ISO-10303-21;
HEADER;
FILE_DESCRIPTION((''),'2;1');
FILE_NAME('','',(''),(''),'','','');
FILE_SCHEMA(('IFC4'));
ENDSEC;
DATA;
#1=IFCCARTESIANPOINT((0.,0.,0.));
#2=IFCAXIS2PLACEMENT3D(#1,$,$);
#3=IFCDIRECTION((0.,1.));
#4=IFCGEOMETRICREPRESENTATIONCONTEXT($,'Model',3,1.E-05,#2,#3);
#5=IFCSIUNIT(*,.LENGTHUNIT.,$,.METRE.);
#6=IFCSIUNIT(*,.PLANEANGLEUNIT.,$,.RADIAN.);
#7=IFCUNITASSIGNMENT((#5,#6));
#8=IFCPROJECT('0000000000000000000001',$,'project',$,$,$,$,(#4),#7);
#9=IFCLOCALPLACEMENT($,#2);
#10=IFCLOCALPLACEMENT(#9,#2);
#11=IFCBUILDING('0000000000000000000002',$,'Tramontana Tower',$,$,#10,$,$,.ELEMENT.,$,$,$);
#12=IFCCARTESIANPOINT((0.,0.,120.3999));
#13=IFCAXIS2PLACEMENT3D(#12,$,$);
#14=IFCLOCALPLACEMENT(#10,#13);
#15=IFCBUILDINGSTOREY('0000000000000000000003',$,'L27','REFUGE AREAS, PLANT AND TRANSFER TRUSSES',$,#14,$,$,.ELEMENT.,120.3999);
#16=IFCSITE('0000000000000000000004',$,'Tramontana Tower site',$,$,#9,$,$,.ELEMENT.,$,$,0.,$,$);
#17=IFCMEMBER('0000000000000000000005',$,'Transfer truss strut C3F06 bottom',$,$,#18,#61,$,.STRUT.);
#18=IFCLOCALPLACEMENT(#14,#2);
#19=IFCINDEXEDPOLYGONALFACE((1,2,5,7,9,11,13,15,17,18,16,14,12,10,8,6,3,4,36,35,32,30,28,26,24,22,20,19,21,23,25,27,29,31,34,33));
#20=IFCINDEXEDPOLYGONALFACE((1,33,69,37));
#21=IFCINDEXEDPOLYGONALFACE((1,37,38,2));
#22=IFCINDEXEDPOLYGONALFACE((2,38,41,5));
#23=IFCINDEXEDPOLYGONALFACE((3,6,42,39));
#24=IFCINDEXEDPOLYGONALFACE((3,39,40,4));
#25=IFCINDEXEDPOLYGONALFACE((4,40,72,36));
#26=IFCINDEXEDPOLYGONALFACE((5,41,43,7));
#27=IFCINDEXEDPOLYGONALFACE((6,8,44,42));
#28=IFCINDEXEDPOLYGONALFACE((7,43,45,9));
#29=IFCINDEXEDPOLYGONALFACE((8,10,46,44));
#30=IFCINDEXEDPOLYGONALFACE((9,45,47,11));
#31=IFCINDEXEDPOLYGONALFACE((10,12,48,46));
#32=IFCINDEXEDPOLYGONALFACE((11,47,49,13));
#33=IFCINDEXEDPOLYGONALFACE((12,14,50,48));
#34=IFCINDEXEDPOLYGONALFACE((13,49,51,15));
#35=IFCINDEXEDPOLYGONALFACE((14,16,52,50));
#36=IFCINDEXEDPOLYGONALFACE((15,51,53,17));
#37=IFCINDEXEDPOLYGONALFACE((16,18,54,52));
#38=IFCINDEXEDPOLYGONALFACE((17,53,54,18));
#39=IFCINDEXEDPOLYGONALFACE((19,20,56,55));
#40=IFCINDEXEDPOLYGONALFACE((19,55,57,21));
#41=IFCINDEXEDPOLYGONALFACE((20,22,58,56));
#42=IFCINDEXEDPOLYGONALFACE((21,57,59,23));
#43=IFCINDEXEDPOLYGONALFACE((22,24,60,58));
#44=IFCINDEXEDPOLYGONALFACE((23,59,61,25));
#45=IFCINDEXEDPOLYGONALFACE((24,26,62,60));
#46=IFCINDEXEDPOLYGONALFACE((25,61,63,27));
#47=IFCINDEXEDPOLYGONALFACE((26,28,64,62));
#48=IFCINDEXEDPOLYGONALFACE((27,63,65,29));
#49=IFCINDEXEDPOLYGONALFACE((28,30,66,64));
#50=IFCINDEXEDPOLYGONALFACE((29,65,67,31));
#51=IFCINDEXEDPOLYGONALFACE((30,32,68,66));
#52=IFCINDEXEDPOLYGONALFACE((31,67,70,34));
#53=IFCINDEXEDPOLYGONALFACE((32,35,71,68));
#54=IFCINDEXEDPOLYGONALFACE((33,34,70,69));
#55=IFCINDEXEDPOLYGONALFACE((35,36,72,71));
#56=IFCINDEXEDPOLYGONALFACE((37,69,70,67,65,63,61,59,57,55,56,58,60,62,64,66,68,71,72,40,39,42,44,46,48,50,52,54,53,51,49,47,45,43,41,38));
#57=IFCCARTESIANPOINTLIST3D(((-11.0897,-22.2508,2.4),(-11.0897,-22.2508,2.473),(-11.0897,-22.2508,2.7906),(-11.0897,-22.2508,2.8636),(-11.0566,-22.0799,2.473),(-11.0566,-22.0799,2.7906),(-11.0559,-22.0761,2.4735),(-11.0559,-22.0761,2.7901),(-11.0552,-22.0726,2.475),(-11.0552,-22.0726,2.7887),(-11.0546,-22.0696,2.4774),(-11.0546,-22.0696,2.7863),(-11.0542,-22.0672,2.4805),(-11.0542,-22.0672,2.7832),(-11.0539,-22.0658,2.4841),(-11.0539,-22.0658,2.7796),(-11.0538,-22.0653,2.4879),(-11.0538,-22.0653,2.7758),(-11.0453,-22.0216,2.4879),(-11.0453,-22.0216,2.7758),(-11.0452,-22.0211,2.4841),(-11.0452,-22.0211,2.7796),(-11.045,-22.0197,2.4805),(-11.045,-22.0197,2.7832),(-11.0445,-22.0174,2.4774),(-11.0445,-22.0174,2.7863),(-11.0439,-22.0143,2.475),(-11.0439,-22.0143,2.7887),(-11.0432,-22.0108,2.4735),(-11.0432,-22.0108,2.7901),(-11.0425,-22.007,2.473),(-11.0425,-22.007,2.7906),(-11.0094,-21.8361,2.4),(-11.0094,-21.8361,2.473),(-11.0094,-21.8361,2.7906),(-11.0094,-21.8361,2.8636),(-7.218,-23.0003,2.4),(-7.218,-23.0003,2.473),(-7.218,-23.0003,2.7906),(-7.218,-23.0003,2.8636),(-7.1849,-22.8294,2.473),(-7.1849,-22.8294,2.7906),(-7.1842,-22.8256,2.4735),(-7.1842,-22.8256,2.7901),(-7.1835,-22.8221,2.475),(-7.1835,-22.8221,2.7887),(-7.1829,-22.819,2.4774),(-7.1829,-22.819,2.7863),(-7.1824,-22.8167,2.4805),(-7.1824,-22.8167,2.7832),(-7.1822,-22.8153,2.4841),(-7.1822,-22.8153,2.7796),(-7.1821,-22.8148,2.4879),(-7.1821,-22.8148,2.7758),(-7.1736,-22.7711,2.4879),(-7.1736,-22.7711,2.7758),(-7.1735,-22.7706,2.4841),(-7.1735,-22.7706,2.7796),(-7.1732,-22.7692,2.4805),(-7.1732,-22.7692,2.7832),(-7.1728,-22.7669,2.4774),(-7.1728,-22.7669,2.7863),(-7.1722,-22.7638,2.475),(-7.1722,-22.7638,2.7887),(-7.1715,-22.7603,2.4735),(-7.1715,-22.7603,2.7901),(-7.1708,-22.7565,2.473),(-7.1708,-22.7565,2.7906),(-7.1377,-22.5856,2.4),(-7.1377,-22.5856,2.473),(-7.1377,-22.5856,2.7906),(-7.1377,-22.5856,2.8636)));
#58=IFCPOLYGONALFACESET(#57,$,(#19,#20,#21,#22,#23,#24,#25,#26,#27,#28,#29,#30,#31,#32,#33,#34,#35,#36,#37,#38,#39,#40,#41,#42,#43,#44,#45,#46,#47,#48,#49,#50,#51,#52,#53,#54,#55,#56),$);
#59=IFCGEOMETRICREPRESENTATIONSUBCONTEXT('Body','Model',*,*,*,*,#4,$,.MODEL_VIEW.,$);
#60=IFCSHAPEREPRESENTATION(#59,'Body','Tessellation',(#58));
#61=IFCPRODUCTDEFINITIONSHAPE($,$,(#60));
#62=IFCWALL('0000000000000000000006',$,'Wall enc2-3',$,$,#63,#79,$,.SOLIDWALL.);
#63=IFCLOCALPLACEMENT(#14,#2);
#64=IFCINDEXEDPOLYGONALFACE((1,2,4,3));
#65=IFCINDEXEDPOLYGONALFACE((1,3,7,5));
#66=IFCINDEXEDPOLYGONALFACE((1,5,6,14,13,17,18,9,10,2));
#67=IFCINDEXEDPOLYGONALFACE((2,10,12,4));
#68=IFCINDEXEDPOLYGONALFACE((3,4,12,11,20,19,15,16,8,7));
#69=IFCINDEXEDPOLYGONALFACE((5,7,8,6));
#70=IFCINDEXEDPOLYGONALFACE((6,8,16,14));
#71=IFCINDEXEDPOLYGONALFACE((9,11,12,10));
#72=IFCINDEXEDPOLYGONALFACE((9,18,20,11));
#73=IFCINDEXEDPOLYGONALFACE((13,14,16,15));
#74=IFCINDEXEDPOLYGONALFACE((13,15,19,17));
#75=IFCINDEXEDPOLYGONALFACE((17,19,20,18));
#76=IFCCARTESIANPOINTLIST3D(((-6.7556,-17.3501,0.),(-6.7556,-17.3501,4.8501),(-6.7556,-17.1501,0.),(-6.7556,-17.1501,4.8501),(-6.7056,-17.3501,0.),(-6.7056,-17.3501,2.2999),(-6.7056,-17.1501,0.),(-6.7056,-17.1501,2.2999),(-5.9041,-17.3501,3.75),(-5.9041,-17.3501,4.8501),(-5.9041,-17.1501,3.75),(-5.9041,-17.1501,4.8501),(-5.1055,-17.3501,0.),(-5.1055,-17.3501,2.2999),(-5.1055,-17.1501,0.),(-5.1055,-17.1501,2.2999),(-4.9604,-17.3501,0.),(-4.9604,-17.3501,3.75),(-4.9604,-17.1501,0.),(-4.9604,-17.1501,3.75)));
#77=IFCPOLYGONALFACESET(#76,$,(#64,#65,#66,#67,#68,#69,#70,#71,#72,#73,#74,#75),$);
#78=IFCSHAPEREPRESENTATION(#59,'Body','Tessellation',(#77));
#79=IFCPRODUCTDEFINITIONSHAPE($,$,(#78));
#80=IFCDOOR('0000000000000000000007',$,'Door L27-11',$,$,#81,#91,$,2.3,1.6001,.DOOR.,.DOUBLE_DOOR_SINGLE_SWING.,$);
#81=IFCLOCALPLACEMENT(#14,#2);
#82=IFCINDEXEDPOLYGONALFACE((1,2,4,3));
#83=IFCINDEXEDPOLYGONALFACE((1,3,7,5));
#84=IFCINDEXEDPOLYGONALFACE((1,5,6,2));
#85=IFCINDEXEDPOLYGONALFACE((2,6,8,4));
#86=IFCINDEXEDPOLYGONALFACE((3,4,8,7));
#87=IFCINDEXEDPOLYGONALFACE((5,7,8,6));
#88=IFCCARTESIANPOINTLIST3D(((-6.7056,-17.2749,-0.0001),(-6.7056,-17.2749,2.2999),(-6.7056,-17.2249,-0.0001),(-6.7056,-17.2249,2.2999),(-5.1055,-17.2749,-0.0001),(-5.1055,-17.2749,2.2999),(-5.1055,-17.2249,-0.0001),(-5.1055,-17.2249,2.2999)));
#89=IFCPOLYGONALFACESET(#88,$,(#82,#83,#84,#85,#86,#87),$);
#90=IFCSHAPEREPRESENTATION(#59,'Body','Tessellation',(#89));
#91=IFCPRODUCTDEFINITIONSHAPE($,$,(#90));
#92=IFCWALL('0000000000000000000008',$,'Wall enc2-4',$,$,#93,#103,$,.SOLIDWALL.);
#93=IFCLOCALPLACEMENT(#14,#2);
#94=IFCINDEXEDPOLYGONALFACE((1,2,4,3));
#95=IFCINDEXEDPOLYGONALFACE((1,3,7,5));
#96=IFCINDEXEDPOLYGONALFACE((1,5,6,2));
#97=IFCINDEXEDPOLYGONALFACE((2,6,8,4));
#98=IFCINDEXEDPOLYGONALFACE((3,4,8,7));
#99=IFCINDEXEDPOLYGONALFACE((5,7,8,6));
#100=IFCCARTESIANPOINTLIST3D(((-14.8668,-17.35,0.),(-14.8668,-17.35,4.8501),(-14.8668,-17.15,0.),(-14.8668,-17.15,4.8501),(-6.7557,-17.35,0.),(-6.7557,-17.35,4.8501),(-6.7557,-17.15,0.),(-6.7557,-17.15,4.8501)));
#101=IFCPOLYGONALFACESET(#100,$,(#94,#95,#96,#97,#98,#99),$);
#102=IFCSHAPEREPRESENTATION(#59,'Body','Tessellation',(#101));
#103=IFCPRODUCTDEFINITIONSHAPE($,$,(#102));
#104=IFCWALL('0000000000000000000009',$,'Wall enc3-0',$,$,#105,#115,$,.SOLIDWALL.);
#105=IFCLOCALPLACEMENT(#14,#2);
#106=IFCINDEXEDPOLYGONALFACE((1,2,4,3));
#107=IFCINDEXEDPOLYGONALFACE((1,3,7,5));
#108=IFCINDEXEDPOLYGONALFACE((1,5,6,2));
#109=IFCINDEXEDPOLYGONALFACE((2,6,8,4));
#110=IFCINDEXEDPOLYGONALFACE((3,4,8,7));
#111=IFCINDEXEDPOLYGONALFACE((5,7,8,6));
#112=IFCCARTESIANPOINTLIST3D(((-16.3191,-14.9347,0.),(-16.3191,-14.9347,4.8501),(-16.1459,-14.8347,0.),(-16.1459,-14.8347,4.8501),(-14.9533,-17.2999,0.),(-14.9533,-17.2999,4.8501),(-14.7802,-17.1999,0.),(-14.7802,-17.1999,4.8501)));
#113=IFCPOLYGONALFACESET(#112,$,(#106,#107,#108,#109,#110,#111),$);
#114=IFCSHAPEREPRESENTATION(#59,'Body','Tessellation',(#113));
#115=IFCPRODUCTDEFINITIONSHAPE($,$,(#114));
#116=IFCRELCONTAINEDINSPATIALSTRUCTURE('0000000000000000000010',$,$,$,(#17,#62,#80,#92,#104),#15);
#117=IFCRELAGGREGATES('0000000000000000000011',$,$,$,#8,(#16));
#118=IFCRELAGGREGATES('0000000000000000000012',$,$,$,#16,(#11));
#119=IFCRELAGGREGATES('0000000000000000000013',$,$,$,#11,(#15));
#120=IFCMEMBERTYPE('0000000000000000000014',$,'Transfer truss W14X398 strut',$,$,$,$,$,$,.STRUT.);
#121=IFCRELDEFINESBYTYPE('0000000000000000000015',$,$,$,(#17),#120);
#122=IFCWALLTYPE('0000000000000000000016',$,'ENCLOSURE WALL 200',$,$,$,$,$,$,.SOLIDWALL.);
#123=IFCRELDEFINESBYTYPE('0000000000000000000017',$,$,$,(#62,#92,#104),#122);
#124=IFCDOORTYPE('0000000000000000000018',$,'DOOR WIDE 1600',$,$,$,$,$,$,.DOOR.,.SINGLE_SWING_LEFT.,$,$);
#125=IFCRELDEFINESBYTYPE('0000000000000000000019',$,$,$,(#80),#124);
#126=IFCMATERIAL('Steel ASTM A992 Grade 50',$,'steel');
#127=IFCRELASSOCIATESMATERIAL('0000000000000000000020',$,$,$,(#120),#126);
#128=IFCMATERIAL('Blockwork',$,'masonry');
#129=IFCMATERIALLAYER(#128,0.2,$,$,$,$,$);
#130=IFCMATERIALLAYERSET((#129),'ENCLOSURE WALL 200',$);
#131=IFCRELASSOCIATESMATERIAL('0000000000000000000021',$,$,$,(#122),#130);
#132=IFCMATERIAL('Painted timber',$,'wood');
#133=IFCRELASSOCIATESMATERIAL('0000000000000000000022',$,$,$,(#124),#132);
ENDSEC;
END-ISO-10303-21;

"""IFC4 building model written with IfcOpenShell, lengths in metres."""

from ifc_helpers import new_model, si_unit, direction, frame, frame_2d, origin, origin_2d, place, context, subcontext, project, spatial, polyline, rectangle, i_section, outline, extrude, material, layer, layer_set, material_profile, profile_set, type_object, element, fill, save


model = new_model("IFC4")

# Units and contexts
model_context = context("Model", 3, precision=1e-05, world=origin(), true_north=direction((0.0, 1.0)))
body_context = subcontext(model_context, "Body", "Model", "MODEL_VIEW")
ifc_project = project(units=[si_unit("LENGTHUNIT", "METRE"), si_unit("PLANEANGLEUNIT", "RADIAN")], contexts=[model_context])

# Site, building, storey
site_placement = place(None, origin())
site = spatial("IfcSite", under=ifc_project, at=site_placement, Name="Tramontana Tower site", CompositionType="ELEMENT", RefElevation=0.0)
building_placement = place(site_placement, origin())
building = spatial("IfcBuilding", under=site, at=building_placement, Name="Tramontana Tower", CompositionType="ELEMENT")
storey_placement = place(building_placement, frame((0.0, 0.0, 120.3999)))
storey = spatial("IfcBuildingStorey", under=building, at=storey_placement, Name="L27", Description="REFUGE AREAS, PLANT AND TRANSFER TRUSSES", CompositionType="ELEMENT", Elevation=120.3999)

# Member
ifc_material_1 = material(Name="Steel ASTM A992 Grade 50", Category="steel")
ifc_material_profile_1 = material_profile(ifc_material_1, i_section(OverallWidth=0.4224, OverallDepth=0.4636, WebThickness=0.0444, FlangeThickness=0.073, FilletRadius=0.0149, at=origin_2d()), Name="W14X398")
ifc_profile_set_1 = profile_set([ifc_material_profile_1], Name="Steel ASTM A992 Grade 50")
member_type_1 = type_object("IfcMemberType", Name="Transfer truss W14X398 strut", PredefinedType="STRUT", material=ifc_profile_set_1)
member_1_placement = place(storey_placement, frame((-11.0496, -22.0435, 2.6318), z_axis=(0.981774, -0.190053, 0.0), x_axis=(0.190053, 0.981774, 0.0)))
element("IfcMember", 1, at=member_1_placement, inside=storey, type_object=member_type_1, Name="Transfer truss strut C3F06 bottom", PredefinedType="STRUT", context=body_context, shape_type="SweptSolid", body=[
    extrude(i_section(OverallWidth=0.4224, OverallDepth=0.4636, WebThickness=0.0444, FlangeThickness=0.073, FilletRadius=0.0149, at=origin_2d()), origin(), (0.0, 0.0, 1.0), 3.9436),
])

# Wall, opening, door
ifc_material_2 = material(Name="Blockwork", Category="masonry")
ifc_layer = layer(ifc_material_2, 0.2)
ifc_layer_set = layer_set([ifc_layer], Name="ENCLOSURE WALL 200")
wall_type = type_object("IfcWallType", Name="ENCLOSURE WALL 200", PredefinedType="SOLIDWALL", material=ifc_layer_set)
wall_1_placement = place(storey_placement, frame((-4.9604, -17.25, 0.0), z_axis=(0.0, 0.0, 1.0), x_axis=(-1.0, 0.0, 0.0)))
wall_1 = element("IfcWall", 2, at=wall_1_placement, inside=storey, type_object=wall_type, Name="Wall enc2-3", PredefinedType="SOLIDWALL", context=body_context, shape_type="SweptSolid", body=[
    extrude(outline(polyline([(0.0, 0.0), (1.7952, 0.0), (1.7952, 4.8501), (0.9436, 4.8501), (0.9436, 3.75), (0.0, 3.75), (0.0, 0.0)])), frame((0.0, 0.1001, 0.0), z_axis=(0.0, -1.0, 0.0), x_axis=(1.0, 0.0, 0.0)), (0.0, 0.0, 1.0), 0.2),
])
opening_placement = place(wall_1_placement, frame((0.145, 0.0, 0.0)))
opening = element("IfcOpeningElement", 3, at=opening_placement, cuts=wall_1, PredefinedType="OPENING", context=body_context, shape_type="SweptSolid", body=[
    extrude(rectangle(XDim=1.6001, YDim=2.3, at=frame_2d((0.8, 1.1499))), frame((0.0, 0.1099, 0.0), z_axis=(0.0, -1.0, 0.0), x_axis=(1.0, 0.0, 0.0)), (0.0, 0.0, 1.0), 0.22),
])
ifc_material_3 = material(Name="Painted timber", Category="wood")
door_type = type_object("IfcDoorType", Name="DOOR WIDE 1600", OperationType="SINGLE_SWING_LEFT", PredefinedType="DOOR", material=ifc_material_3)
door_placement = place(opening_placement, origin())
door = element("IfcDoor", 4, at=door_placement, inside=storey, type_object=door_type, Name="Door L27-11", OperationType="DOUBLE_DOOR_SINGLE_SWING", OverallHeight=2.3, OverallWidth=1.6001, PredefinedType="DOOR", context=body_context, shape_type="SweptSolid", body=[
    extrude(rectangle(XDim=1.6001, YDim=2.3, at=frame_2d((0.8, 1.1499))), frame((0.0, 0.0249, 0.0), z_axis=(0.0, -1.0, 0.0), x_axis=(1.0, 0.0, 0.0)), (0.0, 0.0, 1.0), 0.05),
])
fill(opening, door)

# Walls
wall_2_placement = place(storey_placement, frame((-6.7556, -17.25, 0.0), z_axis=(0.0, 0.0, 1.0), x_axis=(-1.0, 0.0, 0.0)))
element("IfcWall", 5, at=wall_2_placement, inside=storey, type_object=wall_type, Name="Wall enc2-4", PredefinedType="SOLIDWALL", context=body_context, shape_type="SweptSolid", body=[
    extrude(rectangle(XDim=8.1111, YDim=0.2, at=frame_2d((4.0557, 0.0))), origin(), (0.0, 0.0, 1.0), 4.8501),
])
wall_3_placement = place(storey_placement, frame((-14.8667, -17.25, 0.0), z_axis=(0.0, 0.0, 1.0), x_axis=(-0.500042, 0.866001, 0.0)))
element("IfcWall", 6, at=wall_3_placement, inside=storey, type_object=wall_type, Name="Wall enc3-0", PredefinedType="SOLIDWALL", context=body_context, shape_type="SweptSolid", body=[
    extrude(rectangle(XDim=2.7312, YDim=0.2, at=frame_2d((1.3657, 0.0))), origin(), (0.0, 0.0, 1.0), 4.8501),
])

save(model, "model.ifc")
